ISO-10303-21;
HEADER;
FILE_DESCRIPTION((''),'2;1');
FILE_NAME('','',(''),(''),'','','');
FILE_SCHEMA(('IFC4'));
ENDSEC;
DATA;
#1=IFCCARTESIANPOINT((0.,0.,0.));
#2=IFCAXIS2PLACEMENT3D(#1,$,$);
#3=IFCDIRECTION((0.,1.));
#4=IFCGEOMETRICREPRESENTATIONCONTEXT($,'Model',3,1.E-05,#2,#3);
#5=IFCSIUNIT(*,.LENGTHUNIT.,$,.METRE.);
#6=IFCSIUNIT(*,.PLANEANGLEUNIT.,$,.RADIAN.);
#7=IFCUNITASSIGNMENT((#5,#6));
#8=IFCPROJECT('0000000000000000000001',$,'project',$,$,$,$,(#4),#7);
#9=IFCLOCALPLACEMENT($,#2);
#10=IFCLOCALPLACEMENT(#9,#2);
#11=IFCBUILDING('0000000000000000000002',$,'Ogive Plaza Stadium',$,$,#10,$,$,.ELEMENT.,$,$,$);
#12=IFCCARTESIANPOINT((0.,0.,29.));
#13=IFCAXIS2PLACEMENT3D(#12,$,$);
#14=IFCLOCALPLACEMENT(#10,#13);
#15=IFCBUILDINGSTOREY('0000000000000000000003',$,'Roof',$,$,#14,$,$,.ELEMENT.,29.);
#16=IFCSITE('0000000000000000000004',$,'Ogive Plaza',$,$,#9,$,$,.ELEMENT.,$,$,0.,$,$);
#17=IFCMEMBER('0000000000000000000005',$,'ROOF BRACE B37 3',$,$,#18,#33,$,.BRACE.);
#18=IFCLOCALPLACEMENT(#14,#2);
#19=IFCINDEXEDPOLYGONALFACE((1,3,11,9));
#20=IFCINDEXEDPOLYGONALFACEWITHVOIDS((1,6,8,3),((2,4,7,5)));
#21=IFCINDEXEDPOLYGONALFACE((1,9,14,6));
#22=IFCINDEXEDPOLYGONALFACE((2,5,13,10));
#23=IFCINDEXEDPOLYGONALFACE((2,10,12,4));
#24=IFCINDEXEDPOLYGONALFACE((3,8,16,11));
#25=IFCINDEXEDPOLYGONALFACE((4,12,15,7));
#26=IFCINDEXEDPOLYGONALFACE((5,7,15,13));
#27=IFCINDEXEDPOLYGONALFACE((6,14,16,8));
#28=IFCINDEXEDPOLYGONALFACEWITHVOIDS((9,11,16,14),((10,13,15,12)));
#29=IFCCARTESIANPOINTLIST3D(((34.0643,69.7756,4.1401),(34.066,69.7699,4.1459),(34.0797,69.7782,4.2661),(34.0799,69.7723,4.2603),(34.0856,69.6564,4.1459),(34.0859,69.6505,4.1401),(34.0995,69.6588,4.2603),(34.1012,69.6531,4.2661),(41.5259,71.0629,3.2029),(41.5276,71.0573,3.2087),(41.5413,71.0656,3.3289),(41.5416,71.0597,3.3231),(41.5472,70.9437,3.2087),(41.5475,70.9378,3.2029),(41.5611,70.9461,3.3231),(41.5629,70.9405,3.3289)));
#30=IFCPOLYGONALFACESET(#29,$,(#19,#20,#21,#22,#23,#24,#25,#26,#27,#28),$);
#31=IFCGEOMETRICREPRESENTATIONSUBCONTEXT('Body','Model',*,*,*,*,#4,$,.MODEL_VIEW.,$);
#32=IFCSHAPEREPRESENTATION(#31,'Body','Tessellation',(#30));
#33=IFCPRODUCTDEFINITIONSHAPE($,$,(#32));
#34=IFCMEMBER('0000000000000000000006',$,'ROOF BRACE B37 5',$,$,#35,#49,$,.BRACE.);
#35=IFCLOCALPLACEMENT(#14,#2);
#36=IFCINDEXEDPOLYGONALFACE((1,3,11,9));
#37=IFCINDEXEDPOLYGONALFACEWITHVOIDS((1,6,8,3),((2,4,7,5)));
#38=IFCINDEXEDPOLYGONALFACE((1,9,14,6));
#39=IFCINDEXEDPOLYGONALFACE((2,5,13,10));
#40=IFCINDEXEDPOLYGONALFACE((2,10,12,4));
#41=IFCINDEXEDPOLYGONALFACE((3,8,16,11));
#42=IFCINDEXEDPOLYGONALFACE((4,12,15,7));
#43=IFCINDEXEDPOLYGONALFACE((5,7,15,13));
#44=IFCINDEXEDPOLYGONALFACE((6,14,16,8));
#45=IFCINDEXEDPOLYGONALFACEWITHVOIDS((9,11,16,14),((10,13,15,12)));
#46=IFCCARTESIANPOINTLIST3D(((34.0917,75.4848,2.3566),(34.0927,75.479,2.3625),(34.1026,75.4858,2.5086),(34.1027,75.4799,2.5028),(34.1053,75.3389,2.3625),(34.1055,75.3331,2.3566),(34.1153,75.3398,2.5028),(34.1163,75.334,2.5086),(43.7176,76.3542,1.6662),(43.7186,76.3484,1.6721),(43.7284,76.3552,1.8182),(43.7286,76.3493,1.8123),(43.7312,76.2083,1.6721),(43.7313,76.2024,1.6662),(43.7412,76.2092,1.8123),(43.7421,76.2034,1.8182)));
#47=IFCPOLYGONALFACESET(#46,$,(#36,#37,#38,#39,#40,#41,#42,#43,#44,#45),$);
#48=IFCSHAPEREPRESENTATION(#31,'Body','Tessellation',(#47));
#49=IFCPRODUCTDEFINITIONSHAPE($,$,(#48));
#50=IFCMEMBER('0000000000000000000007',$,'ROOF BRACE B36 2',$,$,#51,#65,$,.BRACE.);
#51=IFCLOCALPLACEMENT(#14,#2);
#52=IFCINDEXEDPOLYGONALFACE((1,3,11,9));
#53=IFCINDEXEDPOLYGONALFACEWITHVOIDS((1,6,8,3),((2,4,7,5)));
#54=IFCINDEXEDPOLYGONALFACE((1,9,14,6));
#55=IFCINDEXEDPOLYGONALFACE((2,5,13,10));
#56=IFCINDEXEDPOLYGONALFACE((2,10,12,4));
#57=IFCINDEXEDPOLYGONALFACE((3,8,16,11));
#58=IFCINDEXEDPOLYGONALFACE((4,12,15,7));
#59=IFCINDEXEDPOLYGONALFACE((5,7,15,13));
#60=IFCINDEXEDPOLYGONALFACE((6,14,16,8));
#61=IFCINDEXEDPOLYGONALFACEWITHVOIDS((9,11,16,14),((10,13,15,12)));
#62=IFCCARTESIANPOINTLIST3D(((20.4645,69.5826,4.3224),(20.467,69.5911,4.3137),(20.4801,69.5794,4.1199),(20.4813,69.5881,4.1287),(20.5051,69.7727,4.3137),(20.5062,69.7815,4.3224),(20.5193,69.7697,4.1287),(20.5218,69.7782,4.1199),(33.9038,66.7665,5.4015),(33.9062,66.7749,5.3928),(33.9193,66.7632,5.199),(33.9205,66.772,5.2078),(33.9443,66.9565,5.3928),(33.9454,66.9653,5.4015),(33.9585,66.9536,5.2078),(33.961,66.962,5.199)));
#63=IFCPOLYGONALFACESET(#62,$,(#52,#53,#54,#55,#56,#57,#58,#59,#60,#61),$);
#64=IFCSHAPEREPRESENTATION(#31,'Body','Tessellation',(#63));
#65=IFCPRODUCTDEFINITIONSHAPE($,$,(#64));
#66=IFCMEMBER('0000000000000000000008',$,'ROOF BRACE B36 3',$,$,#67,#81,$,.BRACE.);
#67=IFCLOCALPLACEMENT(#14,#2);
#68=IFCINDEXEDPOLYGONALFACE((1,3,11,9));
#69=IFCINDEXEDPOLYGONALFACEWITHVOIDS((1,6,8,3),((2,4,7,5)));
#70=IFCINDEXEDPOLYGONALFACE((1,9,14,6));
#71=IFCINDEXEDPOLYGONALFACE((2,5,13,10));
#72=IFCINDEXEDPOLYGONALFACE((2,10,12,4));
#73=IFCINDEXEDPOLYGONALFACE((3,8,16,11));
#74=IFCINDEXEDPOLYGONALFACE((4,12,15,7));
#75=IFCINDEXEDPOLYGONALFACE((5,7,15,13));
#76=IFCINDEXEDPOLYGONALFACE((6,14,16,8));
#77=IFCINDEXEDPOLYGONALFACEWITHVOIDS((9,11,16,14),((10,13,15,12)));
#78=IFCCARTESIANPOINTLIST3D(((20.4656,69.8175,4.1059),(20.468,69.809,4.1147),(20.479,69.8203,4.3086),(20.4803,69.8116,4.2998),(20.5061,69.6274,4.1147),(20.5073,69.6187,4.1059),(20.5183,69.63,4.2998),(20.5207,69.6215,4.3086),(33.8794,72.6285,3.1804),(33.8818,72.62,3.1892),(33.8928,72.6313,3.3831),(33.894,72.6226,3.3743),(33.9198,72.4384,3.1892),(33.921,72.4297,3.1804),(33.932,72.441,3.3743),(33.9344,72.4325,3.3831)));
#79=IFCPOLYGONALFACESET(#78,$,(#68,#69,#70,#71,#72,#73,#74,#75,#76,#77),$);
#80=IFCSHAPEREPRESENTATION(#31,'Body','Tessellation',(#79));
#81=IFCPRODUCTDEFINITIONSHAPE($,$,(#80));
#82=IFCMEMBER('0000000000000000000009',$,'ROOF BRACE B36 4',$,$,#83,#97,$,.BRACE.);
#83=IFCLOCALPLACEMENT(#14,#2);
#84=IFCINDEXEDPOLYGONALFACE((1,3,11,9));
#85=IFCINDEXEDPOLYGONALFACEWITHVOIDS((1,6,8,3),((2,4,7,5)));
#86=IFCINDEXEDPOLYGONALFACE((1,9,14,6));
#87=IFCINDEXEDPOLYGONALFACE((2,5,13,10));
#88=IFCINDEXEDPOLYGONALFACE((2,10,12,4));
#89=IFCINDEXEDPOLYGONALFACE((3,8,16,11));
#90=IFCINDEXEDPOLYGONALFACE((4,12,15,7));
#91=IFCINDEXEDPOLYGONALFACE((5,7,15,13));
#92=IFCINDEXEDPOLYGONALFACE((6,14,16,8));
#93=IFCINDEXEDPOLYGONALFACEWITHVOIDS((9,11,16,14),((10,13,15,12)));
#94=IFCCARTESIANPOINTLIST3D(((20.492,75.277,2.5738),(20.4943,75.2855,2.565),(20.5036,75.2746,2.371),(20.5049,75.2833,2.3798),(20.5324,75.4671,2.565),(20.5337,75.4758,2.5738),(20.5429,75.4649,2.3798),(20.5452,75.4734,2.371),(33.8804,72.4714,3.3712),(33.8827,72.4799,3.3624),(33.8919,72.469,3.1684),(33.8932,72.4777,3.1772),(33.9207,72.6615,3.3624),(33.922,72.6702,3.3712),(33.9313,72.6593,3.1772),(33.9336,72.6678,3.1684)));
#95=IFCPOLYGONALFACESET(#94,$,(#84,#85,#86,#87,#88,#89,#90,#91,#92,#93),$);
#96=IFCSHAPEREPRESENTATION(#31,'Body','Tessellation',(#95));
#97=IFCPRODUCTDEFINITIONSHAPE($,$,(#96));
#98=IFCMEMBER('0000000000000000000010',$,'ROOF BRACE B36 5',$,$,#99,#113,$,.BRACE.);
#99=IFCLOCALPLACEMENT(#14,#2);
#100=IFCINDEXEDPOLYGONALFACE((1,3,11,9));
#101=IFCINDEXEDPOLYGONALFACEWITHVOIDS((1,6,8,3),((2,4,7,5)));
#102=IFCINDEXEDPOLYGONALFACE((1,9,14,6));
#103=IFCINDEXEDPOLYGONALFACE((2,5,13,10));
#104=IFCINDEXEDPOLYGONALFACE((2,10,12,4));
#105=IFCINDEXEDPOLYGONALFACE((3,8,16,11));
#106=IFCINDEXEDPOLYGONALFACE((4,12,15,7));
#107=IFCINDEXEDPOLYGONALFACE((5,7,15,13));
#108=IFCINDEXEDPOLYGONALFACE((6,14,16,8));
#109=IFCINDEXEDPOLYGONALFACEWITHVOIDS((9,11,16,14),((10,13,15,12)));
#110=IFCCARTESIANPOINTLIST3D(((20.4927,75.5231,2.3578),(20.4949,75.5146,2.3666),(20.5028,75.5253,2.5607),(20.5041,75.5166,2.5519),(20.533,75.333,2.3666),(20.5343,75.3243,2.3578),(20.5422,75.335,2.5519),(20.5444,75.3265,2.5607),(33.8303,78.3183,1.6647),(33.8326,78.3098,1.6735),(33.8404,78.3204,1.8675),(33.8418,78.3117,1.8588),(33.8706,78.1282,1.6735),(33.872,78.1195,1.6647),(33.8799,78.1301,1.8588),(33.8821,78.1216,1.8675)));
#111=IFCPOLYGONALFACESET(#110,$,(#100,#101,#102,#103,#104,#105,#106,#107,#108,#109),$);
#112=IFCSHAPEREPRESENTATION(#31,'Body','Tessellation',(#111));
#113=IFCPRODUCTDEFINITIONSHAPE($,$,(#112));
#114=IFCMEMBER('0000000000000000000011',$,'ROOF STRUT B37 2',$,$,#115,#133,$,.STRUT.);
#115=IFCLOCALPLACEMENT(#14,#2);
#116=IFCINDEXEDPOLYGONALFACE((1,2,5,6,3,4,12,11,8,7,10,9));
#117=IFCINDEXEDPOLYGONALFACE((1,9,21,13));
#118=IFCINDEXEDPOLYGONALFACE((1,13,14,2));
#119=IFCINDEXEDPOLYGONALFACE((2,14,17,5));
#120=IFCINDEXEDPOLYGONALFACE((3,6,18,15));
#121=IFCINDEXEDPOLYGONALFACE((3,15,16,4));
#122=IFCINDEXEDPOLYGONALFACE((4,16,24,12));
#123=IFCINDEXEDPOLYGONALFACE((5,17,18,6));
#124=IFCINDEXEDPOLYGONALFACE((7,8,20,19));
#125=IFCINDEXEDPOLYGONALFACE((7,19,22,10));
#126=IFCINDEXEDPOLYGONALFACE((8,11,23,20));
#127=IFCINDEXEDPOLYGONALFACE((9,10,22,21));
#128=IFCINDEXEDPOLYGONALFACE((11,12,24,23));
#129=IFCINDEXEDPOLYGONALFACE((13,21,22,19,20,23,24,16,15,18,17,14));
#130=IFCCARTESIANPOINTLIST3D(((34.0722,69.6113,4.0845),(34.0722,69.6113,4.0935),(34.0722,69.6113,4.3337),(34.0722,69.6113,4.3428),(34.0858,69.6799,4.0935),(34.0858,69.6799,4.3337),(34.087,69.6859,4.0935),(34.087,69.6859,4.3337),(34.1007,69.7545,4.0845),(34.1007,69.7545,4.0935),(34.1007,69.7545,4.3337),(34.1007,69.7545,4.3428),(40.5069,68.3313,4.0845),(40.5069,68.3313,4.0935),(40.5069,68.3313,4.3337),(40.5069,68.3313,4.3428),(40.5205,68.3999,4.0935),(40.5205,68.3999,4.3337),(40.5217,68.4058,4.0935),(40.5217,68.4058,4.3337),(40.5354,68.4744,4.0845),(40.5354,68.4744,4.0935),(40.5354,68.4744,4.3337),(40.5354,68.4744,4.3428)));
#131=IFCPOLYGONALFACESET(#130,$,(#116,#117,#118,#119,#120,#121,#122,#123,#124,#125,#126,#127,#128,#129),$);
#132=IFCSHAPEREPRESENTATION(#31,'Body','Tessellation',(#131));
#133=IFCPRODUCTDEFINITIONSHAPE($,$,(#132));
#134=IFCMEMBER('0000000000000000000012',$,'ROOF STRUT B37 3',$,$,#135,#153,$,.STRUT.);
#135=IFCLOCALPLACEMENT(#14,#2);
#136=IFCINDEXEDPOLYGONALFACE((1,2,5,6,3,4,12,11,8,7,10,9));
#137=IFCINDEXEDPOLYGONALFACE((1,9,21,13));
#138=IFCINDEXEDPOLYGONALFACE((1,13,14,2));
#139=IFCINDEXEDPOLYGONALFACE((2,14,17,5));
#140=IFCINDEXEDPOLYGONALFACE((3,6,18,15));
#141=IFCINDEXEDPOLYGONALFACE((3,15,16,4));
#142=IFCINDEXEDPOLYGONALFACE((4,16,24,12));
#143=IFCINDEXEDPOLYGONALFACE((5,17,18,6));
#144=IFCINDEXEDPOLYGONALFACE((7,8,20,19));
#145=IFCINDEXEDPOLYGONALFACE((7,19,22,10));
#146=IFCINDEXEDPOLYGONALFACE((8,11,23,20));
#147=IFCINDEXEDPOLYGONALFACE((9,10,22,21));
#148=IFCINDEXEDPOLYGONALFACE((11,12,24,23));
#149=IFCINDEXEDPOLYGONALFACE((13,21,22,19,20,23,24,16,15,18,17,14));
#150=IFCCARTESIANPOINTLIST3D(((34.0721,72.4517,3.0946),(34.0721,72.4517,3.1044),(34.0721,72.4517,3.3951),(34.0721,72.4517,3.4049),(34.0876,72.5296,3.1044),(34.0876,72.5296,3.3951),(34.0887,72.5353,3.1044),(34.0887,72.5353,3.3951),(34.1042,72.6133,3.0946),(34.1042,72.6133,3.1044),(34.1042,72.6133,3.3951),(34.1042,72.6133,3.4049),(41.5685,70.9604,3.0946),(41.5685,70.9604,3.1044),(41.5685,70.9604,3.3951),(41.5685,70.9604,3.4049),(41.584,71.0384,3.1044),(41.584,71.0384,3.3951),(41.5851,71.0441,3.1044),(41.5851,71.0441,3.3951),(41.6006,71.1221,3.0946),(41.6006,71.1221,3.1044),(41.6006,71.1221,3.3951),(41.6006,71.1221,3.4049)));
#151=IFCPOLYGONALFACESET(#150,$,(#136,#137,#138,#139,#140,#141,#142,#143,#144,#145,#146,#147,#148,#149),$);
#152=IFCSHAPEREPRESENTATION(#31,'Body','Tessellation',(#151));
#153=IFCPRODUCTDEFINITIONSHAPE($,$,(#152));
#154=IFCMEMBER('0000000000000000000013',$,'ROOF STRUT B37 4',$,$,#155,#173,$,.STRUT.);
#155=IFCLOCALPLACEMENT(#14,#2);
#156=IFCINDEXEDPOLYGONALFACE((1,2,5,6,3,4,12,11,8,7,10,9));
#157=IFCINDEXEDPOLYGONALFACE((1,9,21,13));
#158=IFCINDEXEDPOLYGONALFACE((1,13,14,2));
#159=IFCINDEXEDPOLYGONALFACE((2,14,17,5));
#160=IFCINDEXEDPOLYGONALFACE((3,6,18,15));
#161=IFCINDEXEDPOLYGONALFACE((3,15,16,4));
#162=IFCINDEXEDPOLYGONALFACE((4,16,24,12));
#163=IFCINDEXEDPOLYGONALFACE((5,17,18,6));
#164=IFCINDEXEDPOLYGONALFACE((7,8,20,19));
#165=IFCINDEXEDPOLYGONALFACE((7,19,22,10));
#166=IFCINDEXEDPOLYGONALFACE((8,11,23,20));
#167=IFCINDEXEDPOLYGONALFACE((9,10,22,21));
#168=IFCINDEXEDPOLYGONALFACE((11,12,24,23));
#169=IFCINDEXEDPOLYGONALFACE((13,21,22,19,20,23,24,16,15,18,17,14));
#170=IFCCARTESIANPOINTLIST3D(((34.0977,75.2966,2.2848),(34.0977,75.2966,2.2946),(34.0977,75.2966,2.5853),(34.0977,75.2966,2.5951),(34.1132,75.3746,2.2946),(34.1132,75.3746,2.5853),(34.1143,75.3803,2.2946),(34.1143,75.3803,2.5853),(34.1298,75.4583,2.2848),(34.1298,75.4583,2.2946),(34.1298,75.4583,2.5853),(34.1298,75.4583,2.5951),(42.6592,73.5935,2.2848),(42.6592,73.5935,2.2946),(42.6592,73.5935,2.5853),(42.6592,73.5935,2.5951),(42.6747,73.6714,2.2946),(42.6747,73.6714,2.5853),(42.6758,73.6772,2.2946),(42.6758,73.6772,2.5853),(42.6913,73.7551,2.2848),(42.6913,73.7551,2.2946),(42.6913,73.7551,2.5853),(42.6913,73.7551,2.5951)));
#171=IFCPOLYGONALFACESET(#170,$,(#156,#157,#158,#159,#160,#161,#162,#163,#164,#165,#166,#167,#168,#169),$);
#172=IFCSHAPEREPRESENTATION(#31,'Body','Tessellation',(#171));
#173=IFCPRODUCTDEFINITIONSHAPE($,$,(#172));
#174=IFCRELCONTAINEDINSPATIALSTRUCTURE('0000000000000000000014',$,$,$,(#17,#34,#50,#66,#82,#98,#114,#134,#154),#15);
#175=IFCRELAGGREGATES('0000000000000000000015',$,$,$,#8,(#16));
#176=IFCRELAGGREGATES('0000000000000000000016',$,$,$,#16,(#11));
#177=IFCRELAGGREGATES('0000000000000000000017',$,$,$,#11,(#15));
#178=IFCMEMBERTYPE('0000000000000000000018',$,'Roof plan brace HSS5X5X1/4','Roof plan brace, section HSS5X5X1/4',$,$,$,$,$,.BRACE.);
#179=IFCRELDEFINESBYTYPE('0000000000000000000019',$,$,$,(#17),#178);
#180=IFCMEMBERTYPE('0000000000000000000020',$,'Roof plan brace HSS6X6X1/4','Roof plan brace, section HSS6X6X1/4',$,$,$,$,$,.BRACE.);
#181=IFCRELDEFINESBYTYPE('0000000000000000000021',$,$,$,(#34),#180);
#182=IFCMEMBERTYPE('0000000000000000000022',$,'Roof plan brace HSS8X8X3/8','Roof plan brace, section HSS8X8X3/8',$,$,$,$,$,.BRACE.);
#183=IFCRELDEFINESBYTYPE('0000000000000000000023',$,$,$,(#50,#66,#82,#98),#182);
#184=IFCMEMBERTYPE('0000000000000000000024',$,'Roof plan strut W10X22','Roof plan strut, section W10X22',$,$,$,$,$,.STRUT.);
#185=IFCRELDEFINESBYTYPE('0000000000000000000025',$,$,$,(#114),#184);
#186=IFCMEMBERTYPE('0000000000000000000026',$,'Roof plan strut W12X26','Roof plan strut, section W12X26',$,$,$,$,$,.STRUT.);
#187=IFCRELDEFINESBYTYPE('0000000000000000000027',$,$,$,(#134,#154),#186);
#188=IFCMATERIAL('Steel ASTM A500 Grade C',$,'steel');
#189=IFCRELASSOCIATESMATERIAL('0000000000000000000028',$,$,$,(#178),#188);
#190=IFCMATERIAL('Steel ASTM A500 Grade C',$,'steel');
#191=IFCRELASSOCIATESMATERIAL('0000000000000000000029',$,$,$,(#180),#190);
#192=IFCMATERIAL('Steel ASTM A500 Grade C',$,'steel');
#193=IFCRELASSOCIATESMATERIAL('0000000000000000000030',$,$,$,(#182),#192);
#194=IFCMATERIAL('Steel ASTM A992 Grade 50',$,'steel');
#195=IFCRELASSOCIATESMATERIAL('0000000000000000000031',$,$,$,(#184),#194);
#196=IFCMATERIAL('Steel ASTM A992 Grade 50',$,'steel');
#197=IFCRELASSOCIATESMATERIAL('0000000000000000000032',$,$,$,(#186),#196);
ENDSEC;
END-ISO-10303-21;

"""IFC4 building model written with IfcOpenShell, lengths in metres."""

from ifc_helpers import new_model, si_unit, direction, frame, origin, origin_2d, place, context, subcontext, project, spatial, hollow_rectangle, i_section, extrude, material, material_profile, profile_set, type_object, element, save


model = new_model("IFC4")

# Units and contexts
model_context = context("Model", 3, precision=1e-05, world=origin(), true_north=direction((0.0, 1.0)))
body_context = subcontext(model_context, "Body", "Model", "MODEL_VIEW")
ifc_project = project(units=[si_unit("LENGTHUNIT", "METRE"), si_unit("PLANEANGLEUNIT", "RADIAN")], contexts=[model_context])

# Site, building, storey
site_placement = place(None, origin())
site = spatial("IfcSite", under=ifc_project, at=site_placement, Name="Ogive Plaza", CompositionType="ELEMENT", RefElevation=0.0)
building_placement = place(site_placement, origin())
building = spatial("IfcBuilding", under=site, at=building_placement, Name="Ogive Plaza Stadium", CompositionType="ELEMENT")
storey_placement = place(building_placement, frame((0.0, 0.0, 29.0)))
storey = spatial("IfcBuildingStorey", under=building, at=storey_placement, Name="Roof", CompositionType="ELEMENT", Elevation=29.0)

# Members
ifc_material_1 = material(Name="Steel ASTM A500 Grade C", Category="steel")
ifc_material_profile_1 = material_profile(ifc_material_1, hollow_rectangle(XDim=0.127, YDim=0.127, WallThickness=0.0059, at=origin_2d()), Name="HSS5X5X1/4")
ifc_profile_set_1 = profile_set([ifc_material_profile_1], Name="Steel ASTM A500 Grade C")
member_type_1 = type_object("IfcMemberType", Name="Roof plan brace HSS5X5X1/4", Description="Roof plan brace, section HSS5X5X1/4", PredefinedType="BRACE", material=ifc_profile_set_1)
member_1_placement = place(storey_placement, frame((34.0828, 69.7144, 4.2031), z_axis=(0.977977, 0.168729, -0.122843), x_axis=(-0.170017, 0.985441, 0.0)))
element("IfcMember", 1, at=member_1_placement, inside=storey, type_object=member_type_1, Name="ROOF BRACE B37 3", PredefinedType="BRACE", context=body_context, shape_type="SweptSolid", body=[
    extrude(hollow_rectangle(XDim=0.127, YDim=0.127, WallThickness=0.0059, at=origin_2d()), origin(), (0.0, 0.0, 1.0), 7.6296),
])
ifc_material_2 = material(Name="Steel ASTM A500 Grade C", Category="steel")
ifc_material_profile_2 = material_profile(ifc_material_2, hollow_rectangle(XDim=0.1523, YDim=0.1523, WallThickness=0.0059, at=origin_2d()), Name="HSS6X6X1/4")
ifc_profile_set_2 = profile_set([ifc_material_profile_2], Name="Steel ASTM A500 Grade C")
member_type_2 = type_object("IfcMemberType", Name="Roof plan brace HSS6X6X1/4", Description="Roof plan brace, section HSS6X6X1/4", PredefinedType="BRACE", material=ifc_profile_set_2)
member_2_placement = place(storey_placement, frame((34.104, 75.4094, 2.4326), z_axis=(0.993415, 0.089722, -0.071253), x_axis=(-0.08995, 0.995946, 0.0)))
element("IfcMember", 2, at=member_2_placement, inside=storey, type_object=member_type_2, Name="ROOF BRACE B37 5", PredefinedType="BRACE", context=body_context, shape_type="SweptSolid", body=[
    extrude(hollow_rectangle(XDim=0.1523, YDim=0.1523, WallThickness=0.0059, at=origin_2d()), origin(), (0.0, 0.0, 1.0), 9.6897),
])
ifc_material_3 = material(Name="Steel ASTM A500 Grade C", Category="steel")
ifc_material_profile_3 = material_profile(ifc_material_3, hollow_rectangle(XDim=0.2031, YDim=0.2031, WallThickness=0.0088, at=origin_2d()), Name="HSS8X8X3/8")
ifc_profile_set_3 = profile_set([ifc_material_profile_3], Name="Steel ASTM A500 Grade C")
member_type_3 = type_object("IfcMemberType", Name="Roof plan brace HSS8X8X3/8", Description="Roof plan brace, section HSS8X8X3/8", PredefinedType="BRACE", material=ifc_profile_set_3)
member_3_placement = place(storey_placement, frame((33.9324, 66.8643, 5.3003), z_axis=(-0.975734, 0.204463, -0.078347), x_axis=(-0.205094, -0.978742, 0.0)))
element("IfcMember", 3, at=member_3_placement, inside=storey, type_object=member_type_3, Name="ROOF BRACE B36 2", PredefinedType="BRACE", context=body_context, shape_type="SweptSolid", body=[
    extrude(hollow_rectangle(XDim=0.2031, YDim=0.2031, WallThickness=0.0088, at=origin_2d()), origin(), (0.0, 0.0, 1.0), 13.7734),
])
member_4_placement = place(storey_placement, frame((20.4932, 69.7195, 4.2073), z_axis=(0.976515, 0.204641, -0.067378), x_axis=(-0.205107, 0.97874, 0.0)))
element("IfcMember", 4, at=member_4_placement, inside=storey, type_object=member_type_3, Name="ROOF BRACE B36 3", PredefinedType="BRACE", context=body_context, shape_type="SweptSolid", body=[
    extrude(hollow_rectangle(XDim=0.2031, YDim=0.2031, WallThickness=0.0088, at=origin_2d()), origin(), (0.0, 0.0, 1.0), 13.7363),
])
member_5_placement = place(storey_placement, frame((33.907, 72.5696, 3.2698), z_axis=(-0.977082, 0.204756, -0.058191), x_axis=(-0.205104, -0.97874, 0.0)))
element("IfcMember", 5, at=member_5_placement, inside=storey, type_object=member_type_3, Name="ROOF BRACE B36 4", PredefinedType="BRACE", context=body_context, shape_type="SweptSolid", body=[
    extrude(hollow_rectangle(XDim=0.2031, YDim=0.2031, WallThickness=0.0088, at=origin_2d()), origin(), (0.0, 0.0, 1.0), 13.7024),
])
member_6_placement = place(storey_placement, frame((20.5186, 75.4248, 2.4592), z_axis=(0.977475, 0.204849, -0.050796), x_axis=(-0.205114, 0.978738, 0.0)))
element("IfcMember", 6, at=member_6_placement, inside=storey, type_object=member_type_3, Name="ROOF BRACE B36 5", PredefinedType="BRACE", context=body_context, shape_type="SweptSolid", body=[
    extrude(hollow_rectangle(XDim=0.2031, YDim=0.2031, WallThickness=0.0088, at=origin_2d()), origin(), (0.0, 0.0, 1.0), 13.645),
])
ifc_material_4 = material(Name="Steel ASTM A992 Grade 50", Category="steel")
ifc_material_profile_4 = material_profile(ifc_material_4, i_section(OverallWidth=0.146, OverallDepth=0.2583, WebThickness=0.0061, FlangeThickness=0.009, at=origin_2d()), Name="W10X22")
ifc_profile_set_4 = profile_set([ifc_material_profile_4], Name="Steel ASTM A992 Grade 50")
member_type_4 = type_object("IfcMemberType", Name="Roof plan strut W10X22", Description="Roof plan strut, section W10X22", PredefinedType="STRUT", material=ifc_profile_set_4)
member_7_placement = place(storey_placement, frame((34.0864, 69.6829, 4.2136), z_axis=(0.980783, -0.1951, 0.0), x_axis=(0.1951, 0.980783, 0.0)))
element("IfcMember", 7, at=member_7_placement, inside=storey, type_object=member_type_4, Name="ROOF STRUT B37 2", PredefinedType="STRUT", context=body_context, shape_type="SweptSolid", body=[
    extrude(i_section(OverallWidth=0.146, OverallDepth=0.2583, WebThickness=0.0061, FlangeThickness=0.009, at=origin_2d()), origin(), (0.0, 0.0, 1.0), 6.5608),
])
ifc_material_5 = material(Name="Steel ASTM A992 Grade 50", Category="steel")
ifc_material_profile_5 = material_profile(ifc_material_5, i_section(OverallWidth=0.1648, OverallDepth=0.3103, WebThickness=0.0059, FlangeThickness=0.0098, at=origin_2d()), Name="W12X26")
ifc_profile_set_5 = profile_set([ifc_material_profile_5], Name="Steel ASTM A992 Grade 50")
member_type_5 = type_object("IfcMemberType", Name="Roof plan strut W12X26", Description="Roof plan strut, section W12X26", PredefinedType="STRUT", material=ifc_profile_set_5)
member_8_placement = place(storey_placement, frame((34.0881, 72.5325, 3.2498), z_axis=(0.980783, -0.195102, 0.0), x_axis=(0.195102, 0.980783, 0.0)))
element("IfcMember", 8, at=member_8_placement, inside=storey, type_object=member_type_5, Name="ROOF STRUT B37 3", PredefinedType="STRUT", context=body_context, shape_type="SweptSolid", body=[
    extrude(i_section(OverallWidth=0.1648, OverallDepth=0.3103, WebThickness=0.0059, FlangeThickness=0.0098, at=origin_2d()), origin(), (0.0, 0.0, 1.0), 7.6433),
])
member_9_placement = place(storey_placement, frame((34.1138, 75.3774, 2.4399), z_axis=(0.980782, -0.195105, 0.0), x_axis=(0.195105, 0.980782, 0.0)))
element("IfcMember", 9, at=member_9_placement, inside=storey, type_object=member_type_5, Name="ROOF STRUT B37 4", PredefinedType="STRUT", context=body_context, shape_type="SweptSolid", body=[
    extrude(i_section(OverallWidth=0.1648, OverallDepth=0.3103, WebThickness=0.0059, FlangeThickness=0.0098, at=origin_2d()), origin(), (0.0, 0.0, 1.0), 8.7292),
])

save(model, "model.ifc")
